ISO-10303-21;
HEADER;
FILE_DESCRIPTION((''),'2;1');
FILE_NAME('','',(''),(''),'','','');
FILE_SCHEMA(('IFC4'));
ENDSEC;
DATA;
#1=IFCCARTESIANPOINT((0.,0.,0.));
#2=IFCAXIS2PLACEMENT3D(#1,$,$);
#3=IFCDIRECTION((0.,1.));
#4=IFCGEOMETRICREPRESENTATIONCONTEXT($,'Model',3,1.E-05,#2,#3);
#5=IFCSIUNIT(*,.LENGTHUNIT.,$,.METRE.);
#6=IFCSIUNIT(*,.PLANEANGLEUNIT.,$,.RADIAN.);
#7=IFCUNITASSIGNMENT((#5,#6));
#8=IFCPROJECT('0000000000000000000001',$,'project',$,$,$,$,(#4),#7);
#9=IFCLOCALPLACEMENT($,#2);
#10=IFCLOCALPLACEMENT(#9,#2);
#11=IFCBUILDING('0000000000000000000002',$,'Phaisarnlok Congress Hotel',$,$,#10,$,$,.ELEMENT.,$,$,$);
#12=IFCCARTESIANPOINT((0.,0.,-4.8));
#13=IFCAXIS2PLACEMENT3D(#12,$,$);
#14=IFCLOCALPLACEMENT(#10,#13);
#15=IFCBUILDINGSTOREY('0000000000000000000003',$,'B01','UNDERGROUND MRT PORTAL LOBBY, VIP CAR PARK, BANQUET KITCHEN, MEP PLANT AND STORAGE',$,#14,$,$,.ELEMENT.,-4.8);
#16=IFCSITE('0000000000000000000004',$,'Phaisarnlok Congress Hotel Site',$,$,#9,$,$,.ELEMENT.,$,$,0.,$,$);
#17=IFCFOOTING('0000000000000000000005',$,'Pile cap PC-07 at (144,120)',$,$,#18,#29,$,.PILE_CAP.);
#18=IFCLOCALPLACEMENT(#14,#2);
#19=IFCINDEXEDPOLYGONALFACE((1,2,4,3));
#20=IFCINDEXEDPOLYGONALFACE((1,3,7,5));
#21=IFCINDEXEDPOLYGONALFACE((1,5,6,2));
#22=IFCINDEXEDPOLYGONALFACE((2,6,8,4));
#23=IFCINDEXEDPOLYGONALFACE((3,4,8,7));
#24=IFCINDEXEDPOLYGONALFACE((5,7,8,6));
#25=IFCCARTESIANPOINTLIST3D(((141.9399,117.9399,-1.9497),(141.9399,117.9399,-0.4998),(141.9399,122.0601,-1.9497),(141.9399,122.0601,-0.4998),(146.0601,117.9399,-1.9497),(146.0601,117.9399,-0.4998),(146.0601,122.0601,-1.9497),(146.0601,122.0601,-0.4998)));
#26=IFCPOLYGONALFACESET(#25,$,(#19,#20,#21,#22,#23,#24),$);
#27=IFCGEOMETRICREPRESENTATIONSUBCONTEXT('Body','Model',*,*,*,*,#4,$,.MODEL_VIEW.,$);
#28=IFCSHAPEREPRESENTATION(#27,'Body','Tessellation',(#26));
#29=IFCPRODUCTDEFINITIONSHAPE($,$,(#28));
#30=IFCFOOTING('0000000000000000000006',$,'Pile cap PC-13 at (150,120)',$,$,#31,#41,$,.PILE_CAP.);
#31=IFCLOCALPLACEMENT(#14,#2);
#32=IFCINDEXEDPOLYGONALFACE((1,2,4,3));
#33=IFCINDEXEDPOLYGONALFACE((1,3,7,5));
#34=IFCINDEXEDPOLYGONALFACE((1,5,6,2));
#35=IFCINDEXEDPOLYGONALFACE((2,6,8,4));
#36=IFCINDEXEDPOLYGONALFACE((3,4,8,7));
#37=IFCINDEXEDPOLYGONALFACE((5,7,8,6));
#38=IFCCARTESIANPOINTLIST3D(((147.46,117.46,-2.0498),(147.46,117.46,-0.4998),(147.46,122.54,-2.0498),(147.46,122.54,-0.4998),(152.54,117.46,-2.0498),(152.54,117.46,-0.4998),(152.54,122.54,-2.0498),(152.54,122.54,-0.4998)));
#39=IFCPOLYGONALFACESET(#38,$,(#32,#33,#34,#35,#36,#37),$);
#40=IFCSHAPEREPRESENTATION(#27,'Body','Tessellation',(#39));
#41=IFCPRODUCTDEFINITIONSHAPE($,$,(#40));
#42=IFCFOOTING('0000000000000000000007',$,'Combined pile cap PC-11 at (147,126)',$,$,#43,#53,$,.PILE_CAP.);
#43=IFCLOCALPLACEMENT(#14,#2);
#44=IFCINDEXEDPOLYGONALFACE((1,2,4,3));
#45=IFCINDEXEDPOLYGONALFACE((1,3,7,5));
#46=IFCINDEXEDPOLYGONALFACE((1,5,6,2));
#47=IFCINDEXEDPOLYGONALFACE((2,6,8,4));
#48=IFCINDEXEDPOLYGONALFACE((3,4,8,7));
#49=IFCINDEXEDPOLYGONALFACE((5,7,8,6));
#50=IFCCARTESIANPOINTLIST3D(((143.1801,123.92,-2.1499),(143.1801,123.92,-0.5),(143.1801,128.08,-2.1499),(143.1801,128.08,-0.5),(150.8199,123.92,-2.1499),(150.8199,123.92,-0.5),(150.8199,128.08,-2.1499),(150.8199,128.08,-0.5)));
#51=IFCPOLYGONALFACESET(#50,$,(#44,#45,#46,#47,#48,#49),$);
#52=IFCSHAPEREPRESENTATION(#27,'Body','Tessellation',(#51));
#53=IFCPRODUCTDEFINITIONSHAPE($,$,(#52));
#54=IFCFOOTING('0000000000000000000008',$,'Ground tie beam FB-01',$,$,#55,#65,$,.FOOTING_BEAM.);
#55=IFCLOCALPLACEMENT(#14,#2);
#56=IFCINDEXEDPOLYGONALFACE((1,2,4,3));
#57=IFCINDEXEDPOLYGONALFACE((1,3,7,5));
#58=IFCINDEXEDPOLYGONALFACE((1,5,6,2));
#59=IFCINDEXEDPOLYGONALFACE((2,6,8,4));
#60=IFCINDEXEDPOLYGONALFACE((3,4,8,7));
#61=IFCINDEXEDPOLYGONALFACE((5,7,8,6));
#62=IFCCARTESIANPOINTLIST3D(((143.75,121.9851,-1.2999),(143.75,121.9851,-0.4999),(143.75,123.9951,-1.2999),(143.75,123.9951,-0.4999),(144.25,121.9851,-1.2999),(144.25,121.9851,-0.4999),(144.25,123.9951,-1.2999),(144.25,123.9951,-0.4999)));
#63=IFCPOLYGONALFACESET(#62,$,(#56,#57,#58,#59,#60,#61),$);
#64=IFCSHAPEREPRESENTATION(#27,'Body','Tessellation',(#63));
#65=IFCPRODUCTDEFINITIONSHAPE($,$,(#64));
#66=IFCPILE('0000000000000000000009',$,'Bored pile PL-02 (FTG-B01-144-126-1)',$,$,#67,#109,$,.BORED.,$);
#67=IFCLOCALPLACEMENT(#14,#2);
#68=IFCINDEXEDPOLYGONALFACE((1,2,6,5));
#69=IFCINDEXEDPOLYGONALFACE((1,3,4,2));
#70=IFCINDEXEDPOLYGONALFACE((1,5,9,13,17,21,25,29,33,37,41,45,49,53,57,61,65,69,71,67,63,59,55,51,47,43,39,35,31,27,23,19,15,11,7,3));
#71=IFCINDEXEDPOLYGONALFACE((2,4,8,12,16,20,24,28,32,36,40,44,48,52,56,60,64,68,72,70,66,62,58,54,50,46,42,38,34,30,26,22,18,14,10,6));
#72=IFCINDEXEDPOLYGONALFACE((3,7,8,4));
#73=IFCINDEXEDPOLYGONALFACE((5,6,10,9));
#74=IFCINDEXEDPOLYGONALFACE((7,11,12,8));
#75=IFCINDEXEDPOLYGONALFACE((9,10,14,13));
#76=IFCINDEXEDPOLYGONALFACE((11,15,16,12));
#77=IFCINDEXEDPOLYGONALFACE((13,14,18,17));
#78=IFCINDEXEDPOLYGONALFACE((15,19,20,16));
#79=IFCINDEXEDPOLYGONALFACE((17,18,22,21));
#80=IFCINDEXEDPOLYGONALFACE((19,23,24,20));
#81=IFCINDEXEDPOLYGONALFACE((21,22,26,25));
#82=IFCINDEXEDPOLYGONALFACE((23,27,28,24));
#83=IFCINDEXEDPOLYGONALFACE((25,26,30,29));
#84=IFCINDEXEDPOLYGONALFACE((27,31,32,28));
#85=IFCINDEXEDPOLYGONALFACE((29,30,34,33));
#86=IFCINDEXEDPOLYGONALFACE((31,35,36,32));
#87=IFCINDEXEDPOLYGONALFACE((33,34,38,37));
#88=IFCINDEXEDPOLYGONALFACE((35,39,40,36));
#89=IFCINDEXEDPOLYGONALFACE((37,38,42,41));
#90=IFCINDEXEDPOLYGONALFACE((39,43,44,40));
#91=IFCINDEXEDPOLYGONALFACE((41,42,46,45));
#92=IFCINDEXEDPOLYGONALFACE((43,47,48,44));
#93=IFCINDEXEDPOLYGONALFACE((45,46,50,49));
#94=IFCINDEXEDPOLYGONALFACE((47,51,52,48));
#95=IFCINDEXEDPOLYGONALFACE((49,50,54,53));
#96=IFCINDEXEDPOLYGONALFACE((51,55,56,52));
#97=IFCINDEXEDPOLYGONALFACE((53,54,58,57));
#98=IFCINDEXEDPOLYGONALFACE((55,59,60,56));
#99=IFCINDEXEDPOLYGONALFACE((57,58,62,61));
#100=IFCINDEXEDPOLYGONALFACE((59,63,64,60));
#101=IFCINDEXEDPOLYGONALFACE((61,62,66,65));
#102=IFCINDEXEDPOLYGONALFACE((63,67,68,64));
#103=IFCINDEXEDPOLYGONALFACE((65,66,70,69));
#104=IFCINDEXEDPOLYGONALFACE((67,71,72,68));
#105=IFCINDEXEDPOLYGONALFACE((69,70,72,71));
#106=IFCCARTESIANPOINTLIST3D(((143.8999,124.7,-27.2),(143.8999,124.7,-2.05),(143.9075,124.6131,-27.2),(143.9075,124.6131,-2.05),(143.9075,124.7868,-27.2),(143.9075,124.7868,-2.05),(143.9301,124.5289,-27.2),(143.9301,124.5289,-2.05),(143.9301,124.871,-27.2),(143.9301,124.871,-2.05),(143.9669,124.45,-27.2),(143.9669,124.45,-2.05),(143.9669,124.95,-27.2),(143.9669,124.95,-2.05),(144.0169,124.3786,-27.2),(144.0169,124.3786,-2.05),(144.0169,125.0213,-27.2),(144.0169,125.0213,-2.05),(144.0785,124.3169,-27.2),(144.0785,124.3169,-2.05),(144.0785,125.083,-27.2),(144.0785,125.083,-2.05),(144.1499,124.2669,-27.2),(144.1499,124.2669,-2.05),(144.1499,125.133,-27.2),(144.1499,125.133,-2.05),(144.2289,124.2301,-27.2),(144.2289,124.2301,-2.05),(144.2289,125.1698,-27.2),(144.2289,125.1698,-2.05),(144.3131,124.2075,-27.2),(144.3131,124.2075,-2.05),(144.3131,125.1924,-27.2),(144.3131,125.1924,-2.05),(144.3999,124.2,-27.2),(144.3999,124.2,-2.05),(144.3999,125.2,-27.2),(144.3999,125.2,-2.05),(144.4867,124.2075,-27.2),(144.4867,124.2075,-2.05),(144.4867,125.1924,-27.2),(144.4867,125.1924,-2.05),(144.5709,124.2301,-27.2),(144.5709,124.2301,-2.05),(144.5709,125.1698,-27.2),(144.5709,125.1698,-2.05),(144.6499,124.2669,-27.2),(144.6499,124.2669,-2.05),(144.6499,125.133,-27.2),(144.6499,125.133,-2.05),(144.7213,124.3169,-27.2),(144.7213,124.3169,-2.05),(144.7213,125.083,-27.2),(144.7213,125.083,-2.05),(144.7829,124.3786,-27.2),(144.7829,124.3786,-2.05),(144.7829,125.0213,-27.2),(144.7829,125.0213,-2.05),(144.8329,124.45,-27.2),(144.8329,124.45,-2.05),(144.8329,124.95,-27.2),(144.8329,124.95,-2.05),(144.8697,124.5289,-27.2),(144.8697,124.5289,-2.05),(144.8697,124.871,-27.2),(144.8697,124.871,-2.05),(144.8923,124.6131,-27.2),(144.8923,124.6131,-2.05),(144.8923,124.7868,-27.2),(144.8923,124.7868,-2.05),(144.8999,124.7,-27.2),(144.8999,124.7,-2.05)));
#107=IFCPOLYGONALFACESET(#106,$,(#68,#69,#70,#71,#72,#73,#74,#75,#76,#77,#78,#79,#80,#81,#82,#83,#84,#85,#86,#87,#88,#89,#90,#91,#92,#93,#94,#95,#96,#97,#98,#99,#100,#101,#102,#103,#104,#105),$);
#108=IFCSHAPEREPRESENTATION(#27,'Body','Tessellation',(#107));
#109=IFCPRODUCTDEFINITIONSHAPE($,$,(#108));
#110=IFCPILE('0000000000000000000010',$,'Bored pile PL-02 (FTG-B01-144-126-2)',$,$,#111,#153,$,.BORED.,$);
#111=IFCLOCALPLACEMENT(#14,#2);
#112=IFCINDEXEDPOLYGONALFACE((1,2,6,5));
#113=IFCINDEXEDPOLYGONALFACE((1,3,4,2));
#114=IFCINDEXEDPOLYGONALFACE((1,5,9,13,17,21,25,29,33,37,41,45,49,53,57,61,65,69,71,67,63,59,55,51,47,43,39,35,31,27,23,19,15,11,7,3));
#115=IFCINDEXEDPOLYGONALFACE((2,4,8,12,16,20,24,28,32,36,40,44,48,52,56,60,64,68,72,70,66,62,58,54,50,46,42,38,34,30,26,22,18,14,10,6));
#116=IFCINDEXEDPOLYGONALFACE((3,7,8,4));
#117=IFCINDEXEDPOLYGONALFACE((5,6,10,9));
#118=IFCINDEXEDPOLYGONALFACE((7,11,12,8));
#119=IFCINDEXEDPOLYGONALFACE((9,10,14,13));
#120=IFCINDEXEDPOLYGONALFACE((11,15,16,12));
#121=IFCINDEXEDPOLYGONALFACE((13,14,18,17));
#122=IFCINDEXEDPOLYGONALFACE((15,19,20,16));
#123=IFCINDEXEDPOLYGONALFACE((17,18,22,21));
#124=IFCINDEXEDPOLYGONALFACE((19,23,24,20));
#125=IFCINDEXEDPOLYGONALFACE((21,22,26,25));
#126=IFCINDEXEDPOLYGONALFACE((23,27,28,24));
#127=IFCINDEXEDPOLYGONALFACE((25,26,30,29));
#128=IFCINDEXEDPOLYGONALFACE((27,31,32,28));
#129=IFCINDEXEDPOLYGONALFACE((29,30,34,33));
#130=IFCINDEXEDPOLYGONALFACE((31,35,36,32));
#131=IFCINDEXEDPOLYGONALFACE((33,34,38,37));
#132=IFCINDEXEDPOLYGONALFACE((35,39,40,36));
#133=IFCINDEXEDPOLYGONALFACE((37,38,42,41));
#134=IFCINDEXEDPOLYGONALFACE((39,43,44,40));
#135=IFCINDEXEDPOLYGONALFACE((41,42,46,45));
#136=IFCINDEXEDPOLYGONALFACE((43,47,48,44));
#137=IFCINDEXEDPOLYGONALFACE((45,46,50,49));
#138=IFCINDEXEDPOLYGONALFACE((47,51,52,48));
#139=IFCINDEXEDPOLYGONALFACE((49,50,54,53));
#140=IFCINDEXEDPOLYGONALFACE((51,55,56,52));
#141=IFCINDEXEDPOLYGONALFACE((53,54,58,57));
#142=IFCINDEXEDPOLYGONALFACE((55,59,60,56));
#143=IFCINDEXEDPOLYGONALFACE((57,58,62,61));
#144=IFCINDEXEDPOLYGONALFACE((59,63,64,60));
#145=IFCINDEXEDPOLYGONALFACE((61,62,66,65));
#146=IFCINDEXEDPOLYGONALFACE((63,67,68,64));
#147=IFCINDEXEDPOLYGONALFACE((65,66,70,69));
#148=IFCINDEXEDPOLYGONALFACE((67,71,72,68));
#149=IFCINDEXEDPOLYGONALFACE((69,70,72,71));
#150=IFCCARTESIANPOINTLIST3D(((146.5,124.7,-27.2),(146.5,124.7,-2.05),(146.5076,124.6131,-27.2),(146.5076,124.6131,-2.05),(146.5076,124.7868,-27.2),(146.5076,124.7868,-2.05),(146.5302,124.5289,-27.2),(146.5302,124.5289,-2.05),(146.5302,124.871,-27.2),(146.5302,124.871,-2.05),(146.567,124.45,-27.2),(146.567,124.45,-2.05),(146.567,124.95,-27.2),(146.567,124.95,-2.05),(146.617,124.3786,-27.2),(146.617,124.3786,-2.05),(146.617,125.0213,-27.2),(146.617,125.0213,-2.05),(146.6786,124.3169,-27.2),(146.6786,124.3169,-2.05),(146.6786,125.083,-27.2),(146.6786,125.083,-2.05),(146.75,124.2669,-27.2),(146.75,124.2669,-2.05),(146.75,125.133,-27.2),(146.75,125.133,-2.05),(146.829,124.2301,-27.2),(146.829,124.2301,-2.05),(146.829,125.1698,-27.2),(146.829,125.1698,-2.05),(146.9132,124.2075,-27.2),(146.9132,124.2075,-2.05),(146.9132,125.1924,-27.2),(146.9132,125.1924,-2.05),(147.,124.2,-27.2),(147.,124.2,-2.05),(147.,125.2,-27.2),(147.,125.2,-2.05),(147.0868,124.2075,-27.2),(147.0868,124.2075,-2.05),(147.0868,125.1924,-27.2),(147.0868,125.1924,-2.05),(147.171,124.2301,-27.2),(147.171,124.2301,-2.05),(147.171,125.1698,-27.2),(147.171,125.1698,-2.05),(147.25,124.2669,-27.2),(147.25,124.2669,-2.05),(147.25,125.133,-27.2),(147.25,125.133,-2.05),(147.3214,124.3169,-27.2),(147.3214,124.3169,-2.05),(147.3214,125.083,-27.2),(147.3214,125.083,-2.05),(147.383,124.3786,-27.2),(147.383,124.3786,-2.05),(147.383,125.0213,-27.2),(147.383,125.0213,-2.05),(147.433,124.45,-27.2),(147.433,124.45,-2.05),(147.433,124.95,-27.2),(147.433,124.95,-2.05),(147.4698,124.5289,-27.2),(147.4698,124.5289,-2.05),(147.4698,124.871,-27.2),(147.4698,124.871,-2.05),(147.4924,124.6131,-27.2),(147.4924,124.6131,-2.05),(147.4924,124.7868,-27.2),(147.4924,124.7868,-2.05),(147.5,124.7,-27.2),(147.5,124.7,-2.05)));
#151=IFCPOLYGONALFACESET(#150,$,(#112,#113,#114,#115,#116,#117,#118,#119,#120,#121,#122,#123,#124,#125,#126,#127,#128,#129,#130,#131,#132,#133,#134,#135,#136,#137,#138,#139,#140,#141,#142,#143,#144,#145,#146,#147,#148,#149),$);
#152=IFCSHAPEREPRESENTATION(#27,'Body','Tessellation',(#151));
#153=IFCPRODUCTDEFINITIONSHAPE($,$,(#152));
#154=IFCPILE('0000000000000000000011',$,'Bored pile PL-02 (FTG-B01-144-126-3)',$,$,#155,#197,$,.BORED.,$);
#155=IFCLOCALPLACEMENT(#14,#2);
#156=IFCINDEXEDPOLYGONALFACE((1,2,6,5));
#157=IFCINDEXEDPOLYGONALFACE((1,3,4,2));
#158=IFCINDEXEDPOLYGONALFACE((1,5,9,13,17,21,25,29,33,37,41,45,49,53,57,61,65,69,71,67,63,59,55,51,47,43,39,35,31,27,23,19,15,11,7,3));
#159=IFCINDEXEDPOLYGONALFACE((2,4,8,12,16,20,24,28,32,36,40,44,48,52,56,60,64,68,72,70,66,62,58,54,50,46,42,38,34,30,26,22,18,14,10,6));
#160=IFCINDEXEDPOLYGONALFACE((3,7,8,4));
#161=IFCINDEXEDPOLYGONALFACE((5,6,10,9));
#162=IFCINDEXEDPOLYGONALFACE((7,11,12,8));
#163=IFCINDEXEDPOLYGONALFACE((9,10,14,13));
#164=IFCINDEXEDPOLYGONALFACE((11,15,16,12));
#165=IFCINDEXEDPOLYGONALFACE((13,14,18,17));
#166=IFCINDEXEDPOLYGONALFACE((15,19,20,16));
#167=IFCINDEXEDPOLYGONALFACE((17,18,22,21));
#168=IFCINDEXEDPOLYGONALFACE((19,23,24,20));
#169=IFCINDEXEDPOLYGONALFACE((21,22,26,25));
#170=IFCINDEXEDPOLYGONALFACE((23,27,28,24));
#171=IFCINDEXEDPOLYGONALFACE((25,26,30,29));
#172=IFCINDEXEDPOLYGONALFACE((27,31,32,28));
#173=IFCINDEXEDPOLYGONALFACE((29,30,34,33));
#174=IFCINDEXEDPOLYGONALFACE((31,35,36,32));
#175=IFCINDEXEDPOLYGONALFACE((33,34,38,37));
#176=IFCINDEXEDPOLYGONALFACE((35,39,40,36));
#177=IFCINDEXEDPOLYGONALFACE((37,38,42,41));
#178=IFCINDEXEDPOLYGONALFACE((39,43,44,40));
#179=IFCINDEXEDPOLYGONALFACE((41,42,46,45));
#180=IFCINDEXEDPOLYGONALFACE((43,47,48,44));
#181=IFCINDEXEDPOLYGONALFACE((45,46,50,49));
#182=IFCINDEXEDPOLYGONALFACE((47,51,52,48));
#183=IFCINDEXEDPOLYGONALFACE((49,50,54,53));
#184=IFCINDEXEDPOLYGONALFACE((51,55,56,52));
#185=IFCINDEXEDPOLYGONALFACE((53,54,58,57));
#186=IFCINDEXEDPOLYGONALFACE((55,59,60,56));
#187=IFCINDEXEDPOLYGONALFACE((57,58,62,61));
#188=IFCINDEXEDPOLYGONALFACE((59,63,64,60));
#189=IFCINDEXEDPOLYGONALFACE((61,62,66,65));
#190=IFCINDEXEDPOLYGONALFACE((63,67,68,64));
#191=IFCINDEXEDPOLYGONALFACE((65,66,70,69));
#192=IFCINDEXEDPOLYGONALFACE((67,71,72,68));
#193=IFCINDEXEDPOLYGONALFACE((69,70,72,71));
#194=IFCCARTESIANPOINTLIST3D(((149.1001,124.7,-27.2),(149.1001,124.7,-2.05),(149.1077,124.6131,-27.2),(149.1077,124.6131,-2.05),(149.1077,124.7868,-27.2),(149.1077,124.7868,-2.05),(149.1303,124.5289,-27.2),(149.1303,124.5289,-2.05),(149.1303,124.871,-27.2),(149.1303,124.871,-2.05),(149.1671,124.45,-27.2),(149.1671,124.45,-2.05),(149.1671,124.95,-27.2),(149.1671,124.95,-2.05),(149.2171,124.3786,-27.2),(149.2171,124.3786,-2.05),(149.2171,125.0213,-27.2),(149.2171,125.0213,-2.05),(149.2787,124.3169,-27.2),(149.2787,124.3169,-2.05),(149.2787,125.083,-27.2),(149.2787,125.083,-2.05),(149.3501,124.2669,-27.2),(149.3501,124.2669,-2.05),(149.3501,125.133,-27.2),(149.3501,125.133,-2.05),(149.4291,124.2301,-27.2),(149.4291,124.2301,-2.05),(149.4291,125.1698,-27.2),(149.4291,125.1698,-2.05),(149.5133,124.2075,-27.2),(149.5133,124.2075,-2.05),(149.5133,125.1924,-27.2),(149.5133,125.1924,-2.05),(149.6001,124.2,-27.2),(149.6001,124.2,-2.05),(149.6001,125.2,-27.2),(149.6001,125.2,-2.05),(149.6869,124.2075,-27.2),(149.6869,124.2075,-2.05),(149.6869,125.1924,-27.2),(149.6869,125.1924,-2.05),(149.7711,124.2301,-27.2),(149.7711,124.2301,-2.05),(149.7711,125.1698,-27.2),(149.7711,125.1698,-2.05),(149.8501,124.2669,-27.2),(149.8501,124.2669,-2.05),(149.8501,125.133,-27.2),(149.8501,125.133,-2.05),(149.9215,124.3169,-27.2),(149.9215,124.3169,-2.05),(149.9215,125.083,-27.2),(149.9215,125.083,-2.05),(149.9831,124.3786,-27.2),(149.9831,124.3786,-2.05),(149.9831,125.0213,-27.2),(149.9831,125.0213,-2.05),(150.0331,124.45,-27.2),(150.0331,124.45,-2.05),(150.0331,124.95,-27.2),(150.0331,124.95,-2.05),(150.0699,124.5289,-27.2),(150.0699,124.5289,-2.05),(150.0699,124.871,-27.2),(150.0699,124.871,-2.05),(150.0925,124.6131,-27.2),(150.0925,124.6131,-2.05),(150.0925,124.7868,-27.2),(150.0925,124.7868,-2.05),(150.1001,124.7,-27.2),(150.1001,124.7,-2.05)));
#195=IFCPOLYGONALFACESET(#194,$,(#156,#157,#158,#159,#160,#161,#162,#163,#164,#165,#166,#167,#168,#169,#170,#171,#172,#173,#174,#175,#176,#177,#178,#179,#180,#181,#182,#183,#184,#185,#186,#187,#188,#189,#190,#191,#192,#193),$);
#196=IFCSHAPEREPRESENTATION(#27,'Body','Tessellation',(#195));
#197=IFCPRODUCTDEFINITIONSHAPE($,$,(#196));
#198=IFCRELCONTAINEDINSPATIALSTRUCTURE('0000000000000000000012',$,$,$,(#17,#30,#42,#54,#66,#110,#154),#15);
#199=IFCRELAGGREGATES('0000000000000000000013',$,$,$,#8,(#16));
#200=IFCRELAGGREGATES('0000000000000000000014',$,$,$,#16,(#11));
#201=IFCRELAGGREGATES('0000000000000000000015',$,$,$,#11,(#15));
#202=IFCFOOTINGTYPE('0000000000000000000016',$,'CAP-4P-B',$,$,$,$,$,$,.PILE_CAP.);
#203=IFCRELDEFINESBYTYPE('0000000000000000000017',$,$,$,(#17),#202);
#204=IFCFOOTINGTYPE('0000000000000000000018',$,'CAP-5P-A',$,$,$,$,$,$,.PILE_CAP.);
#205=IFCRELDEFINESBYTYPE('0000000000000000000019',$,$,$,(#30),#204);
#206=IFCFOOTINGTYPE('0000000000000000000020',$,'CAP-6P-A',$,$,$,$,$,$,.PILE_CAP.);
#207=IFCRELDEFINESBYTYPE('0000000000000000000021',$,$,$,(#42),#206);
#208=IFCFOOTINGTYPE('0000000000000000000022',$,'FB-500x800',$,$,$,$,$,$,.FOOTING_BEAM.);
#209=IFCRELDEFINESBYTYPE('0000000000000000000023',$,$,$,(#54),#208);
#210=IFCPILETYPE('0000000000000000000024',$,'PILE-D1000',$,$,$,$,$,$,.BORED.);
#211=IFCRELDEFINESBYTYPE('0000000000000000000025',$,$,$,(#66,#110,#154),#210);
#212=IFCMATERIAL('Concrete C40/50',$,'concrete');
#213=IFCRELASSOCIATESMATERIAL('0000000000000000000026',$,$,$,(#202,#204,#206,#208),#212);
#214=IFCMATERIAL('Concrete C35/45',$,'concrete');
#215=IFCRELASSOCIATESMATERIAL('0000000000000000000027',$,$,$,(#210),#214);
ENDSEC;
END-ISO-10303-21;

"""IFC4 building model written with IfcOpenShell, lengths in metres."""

from ifc_helpers import new_model, si_unit, direction, frame, origin, origin_2d, place, context, subcontext, project, spatial, rectangle, circle, extrude, material, material_profile, profile_set, type_object, element, save


model = new_model("IFC4")

# Units and contexts
model_context = context("Model", 3, precision=1e-05, world=origin(), true_north=direction((0.0, 1.0)))
body_context = subcontext(model_context, "Body", "Model", "MODEL_VIEW")
ifc_project = project(units=[si_unit("LENGTHUNIT", "METRE"), si_unit("PLANEANGLEUNIT", "RADIAN")], contexts=[model_context])

# Site, building, storey
site_placement = place(None, origin())
site = spatial("IfcSite", under=ifc_project, at=site_placement, Name="Phaisarnlok Congress Hotel Site", CompositionType="ELEMENT", RefElevation=0.0)
building_placement = place(site_placement, origin())
building = spatial("IfcBuilding", under=site, at=building_placement, Name="Phaisarnlok Congress Hotel", CompositionType="ELEMENT")
storey_placement = place(building_placement, frame((0.0, 0.0, -4.8)))
storey = spatial("IfcBuildingStorey", under=building, at=storey_placement, Name="B01", Description="UNDERGROUND MRT PORTAL LOBBY, VIP CAR PARK, BANQUET KITCHEN, MEP PLANT AND STORAGE", CompositionType="ELEMENT", Elevation=-4.8)

# Footings
ifc_material_1 = material(Name="Concrete C40/50", Category="concrete")
footing_type_1 = type_object("IfcFootingType", Name="CAP-4P-B", PredefinedType="PILE_CAP", material=ifc_material_1)
footing_1_placement = place(storey_placement, frame((144.0, 120.0, -1.9497), z_axis=(0.0, 0.0, 1.0), x_axis=(1.0, 0.0, 0.0)))
element("IfcFooting", 1, at=footing_1_placement, inside=storey, type_object=footing_type_1, Name="Pile cap PC-07 at (144,120)", PredefinedType="PILE_CAP", context=body_context, shape_type="SweptSolid", body=[
    extrude(rectangle(XDim=4.1201, YDim=4.1201, at=origin_2d()), origin(), (0.0, 0.0, 1.0), 1.45),
])
footing_type_2 = type_object("IfcFootingType", Name="CAP-5P-A", PredefinedType="PILE_CAP", material=ifc_material_1)
footing_2_placement = place(storey_placement, frame((150.0, 120.0, -2.0498), z_axis=(0.0, 0.0, 1.0), x_axis=(1.0, 0.0, 0.0)))
element("IfcFooting", 2, at=footing_2_placement, inside=storey, type_object=footing_type_2, Name="Pile cap PC-13 at (150,120)", PredefinedType="PILE_CAP", context=body_context, shape_type="SweptSolid", body=[
    extrude(rectangle(XDim=5.0801, YDim=5.0801, at=origin_2d()), origin(), (0.0, 0.0, 1.0), 1.55),
])
footing_type_3 = type_object("IfcFootingType", Name="CAP-6P-A", PredefinedType="PILE_CAP", material=ifc_material_1)
footing_3_placement = place(storey_placement, frame((147.0, 126.0, -2.1499), z_axis=(0.0, 0.0, 1.0), x_axis=(1.0, 0.0, 0.0)))
element("IfcFooting", 3, at=footing_3_placement, inside=storey, type_object=footing_type_3, Name="Combined pile cap PC-11 at (147,126)", PredefinedType="PILE_CAP", context=body_context, shape_type="SweptSolid", body=[
    extrude(rectangle(XDim=7.6399, YDim=4.1599, at=origin_2d()), origin(), (0.0, 0.0, 1.0), 1.6499),
])
ifc_material_profile_1 = material_profile(ifc_material_1, rectangle(XDim=0.5, YDim=0.8, at=origin_2d()), Name="FB-500x800")
ifc_profile_set_1 = profile_set([ifc_material_profile_1], Name="Concrete C40/50")
footing_type_4 = type_object("IfcFootingType", Name="FB-500x800", PredefinedType="FOOTING_BEAM", material=ifc_profile_set_1)
footing_4_placement = place(storey_placement, frame((144.0, 121.9851, -0.8999), z_axis=(0.0, 1.0, 0.0), x_axis=(-1.0, 0.0, 0.0)))
element("IfcFooting", 4, at=footing_4_placement, inside=storey, type_object=footing_type_4, Name="Ground tie beam FB-01", PredefinedType="FOOTING_BEAM", context=body_context, shape_type="SweptSolid", body=[
    extrude(rectangle(XDim=0.5, YDim=0.8, at=origin_2d()), origin(), (0.0, 0.0, 1.0), 2.01),
])

# Piles
ifc_material_2 = material(Name="Concrete C35/45", Category="concrete")
ifc_material_profile_2 = material_profile(ifc_material_2, circle(Radius=0.5, at=origin_2d()), Name="BORED PILE D1000")
ifc_profile_set_2 = profile_set([ifc_material_profile_2], Name="Concrete C35/45")
pile_type = type_object("IfcPileType", Name="PILE-D1000", PredefinedType="BORED", material=ifc_profile_set_2)
for number, where, z_axis, x_axis, name in (
    (5, (144.3999, 124.7, -2.05), (0.0, 0.0, -1.0), (1.0, 0.0, 0.0), "Bored pile PL-02 (FTG-B01-144-126-1)"),
    (6, (147.0, 124.7, -2.05), (0.0, 0.0, -1.0), (1.0, 0.0, 0.0), "Bored pile PL-02 (FTG-B01-144-126-2)"),
    (7, (149.6001, 124.7, -2.05), (0.0, 0.0, -1.0), (1.0, 0.0, 0.0), "Bored pile PL-02 (FTG-B01-144-126-3)"),
):
    element("IfcPile", number, at=place(storey_placement, frame(where, z_axis=z_axis, x_axis=x_axis)), inside=storey, type_object=pile_type, Name=name, PredefinedType="BORED", context=body_context, shape_type="SweptSolid", body=[
        extrude(circle(Radius=0.5, at=origin_2d()), origin(), (0.0, 0.0, 1.0), 25.1499),
    ])

save(model, "model.ifc")
